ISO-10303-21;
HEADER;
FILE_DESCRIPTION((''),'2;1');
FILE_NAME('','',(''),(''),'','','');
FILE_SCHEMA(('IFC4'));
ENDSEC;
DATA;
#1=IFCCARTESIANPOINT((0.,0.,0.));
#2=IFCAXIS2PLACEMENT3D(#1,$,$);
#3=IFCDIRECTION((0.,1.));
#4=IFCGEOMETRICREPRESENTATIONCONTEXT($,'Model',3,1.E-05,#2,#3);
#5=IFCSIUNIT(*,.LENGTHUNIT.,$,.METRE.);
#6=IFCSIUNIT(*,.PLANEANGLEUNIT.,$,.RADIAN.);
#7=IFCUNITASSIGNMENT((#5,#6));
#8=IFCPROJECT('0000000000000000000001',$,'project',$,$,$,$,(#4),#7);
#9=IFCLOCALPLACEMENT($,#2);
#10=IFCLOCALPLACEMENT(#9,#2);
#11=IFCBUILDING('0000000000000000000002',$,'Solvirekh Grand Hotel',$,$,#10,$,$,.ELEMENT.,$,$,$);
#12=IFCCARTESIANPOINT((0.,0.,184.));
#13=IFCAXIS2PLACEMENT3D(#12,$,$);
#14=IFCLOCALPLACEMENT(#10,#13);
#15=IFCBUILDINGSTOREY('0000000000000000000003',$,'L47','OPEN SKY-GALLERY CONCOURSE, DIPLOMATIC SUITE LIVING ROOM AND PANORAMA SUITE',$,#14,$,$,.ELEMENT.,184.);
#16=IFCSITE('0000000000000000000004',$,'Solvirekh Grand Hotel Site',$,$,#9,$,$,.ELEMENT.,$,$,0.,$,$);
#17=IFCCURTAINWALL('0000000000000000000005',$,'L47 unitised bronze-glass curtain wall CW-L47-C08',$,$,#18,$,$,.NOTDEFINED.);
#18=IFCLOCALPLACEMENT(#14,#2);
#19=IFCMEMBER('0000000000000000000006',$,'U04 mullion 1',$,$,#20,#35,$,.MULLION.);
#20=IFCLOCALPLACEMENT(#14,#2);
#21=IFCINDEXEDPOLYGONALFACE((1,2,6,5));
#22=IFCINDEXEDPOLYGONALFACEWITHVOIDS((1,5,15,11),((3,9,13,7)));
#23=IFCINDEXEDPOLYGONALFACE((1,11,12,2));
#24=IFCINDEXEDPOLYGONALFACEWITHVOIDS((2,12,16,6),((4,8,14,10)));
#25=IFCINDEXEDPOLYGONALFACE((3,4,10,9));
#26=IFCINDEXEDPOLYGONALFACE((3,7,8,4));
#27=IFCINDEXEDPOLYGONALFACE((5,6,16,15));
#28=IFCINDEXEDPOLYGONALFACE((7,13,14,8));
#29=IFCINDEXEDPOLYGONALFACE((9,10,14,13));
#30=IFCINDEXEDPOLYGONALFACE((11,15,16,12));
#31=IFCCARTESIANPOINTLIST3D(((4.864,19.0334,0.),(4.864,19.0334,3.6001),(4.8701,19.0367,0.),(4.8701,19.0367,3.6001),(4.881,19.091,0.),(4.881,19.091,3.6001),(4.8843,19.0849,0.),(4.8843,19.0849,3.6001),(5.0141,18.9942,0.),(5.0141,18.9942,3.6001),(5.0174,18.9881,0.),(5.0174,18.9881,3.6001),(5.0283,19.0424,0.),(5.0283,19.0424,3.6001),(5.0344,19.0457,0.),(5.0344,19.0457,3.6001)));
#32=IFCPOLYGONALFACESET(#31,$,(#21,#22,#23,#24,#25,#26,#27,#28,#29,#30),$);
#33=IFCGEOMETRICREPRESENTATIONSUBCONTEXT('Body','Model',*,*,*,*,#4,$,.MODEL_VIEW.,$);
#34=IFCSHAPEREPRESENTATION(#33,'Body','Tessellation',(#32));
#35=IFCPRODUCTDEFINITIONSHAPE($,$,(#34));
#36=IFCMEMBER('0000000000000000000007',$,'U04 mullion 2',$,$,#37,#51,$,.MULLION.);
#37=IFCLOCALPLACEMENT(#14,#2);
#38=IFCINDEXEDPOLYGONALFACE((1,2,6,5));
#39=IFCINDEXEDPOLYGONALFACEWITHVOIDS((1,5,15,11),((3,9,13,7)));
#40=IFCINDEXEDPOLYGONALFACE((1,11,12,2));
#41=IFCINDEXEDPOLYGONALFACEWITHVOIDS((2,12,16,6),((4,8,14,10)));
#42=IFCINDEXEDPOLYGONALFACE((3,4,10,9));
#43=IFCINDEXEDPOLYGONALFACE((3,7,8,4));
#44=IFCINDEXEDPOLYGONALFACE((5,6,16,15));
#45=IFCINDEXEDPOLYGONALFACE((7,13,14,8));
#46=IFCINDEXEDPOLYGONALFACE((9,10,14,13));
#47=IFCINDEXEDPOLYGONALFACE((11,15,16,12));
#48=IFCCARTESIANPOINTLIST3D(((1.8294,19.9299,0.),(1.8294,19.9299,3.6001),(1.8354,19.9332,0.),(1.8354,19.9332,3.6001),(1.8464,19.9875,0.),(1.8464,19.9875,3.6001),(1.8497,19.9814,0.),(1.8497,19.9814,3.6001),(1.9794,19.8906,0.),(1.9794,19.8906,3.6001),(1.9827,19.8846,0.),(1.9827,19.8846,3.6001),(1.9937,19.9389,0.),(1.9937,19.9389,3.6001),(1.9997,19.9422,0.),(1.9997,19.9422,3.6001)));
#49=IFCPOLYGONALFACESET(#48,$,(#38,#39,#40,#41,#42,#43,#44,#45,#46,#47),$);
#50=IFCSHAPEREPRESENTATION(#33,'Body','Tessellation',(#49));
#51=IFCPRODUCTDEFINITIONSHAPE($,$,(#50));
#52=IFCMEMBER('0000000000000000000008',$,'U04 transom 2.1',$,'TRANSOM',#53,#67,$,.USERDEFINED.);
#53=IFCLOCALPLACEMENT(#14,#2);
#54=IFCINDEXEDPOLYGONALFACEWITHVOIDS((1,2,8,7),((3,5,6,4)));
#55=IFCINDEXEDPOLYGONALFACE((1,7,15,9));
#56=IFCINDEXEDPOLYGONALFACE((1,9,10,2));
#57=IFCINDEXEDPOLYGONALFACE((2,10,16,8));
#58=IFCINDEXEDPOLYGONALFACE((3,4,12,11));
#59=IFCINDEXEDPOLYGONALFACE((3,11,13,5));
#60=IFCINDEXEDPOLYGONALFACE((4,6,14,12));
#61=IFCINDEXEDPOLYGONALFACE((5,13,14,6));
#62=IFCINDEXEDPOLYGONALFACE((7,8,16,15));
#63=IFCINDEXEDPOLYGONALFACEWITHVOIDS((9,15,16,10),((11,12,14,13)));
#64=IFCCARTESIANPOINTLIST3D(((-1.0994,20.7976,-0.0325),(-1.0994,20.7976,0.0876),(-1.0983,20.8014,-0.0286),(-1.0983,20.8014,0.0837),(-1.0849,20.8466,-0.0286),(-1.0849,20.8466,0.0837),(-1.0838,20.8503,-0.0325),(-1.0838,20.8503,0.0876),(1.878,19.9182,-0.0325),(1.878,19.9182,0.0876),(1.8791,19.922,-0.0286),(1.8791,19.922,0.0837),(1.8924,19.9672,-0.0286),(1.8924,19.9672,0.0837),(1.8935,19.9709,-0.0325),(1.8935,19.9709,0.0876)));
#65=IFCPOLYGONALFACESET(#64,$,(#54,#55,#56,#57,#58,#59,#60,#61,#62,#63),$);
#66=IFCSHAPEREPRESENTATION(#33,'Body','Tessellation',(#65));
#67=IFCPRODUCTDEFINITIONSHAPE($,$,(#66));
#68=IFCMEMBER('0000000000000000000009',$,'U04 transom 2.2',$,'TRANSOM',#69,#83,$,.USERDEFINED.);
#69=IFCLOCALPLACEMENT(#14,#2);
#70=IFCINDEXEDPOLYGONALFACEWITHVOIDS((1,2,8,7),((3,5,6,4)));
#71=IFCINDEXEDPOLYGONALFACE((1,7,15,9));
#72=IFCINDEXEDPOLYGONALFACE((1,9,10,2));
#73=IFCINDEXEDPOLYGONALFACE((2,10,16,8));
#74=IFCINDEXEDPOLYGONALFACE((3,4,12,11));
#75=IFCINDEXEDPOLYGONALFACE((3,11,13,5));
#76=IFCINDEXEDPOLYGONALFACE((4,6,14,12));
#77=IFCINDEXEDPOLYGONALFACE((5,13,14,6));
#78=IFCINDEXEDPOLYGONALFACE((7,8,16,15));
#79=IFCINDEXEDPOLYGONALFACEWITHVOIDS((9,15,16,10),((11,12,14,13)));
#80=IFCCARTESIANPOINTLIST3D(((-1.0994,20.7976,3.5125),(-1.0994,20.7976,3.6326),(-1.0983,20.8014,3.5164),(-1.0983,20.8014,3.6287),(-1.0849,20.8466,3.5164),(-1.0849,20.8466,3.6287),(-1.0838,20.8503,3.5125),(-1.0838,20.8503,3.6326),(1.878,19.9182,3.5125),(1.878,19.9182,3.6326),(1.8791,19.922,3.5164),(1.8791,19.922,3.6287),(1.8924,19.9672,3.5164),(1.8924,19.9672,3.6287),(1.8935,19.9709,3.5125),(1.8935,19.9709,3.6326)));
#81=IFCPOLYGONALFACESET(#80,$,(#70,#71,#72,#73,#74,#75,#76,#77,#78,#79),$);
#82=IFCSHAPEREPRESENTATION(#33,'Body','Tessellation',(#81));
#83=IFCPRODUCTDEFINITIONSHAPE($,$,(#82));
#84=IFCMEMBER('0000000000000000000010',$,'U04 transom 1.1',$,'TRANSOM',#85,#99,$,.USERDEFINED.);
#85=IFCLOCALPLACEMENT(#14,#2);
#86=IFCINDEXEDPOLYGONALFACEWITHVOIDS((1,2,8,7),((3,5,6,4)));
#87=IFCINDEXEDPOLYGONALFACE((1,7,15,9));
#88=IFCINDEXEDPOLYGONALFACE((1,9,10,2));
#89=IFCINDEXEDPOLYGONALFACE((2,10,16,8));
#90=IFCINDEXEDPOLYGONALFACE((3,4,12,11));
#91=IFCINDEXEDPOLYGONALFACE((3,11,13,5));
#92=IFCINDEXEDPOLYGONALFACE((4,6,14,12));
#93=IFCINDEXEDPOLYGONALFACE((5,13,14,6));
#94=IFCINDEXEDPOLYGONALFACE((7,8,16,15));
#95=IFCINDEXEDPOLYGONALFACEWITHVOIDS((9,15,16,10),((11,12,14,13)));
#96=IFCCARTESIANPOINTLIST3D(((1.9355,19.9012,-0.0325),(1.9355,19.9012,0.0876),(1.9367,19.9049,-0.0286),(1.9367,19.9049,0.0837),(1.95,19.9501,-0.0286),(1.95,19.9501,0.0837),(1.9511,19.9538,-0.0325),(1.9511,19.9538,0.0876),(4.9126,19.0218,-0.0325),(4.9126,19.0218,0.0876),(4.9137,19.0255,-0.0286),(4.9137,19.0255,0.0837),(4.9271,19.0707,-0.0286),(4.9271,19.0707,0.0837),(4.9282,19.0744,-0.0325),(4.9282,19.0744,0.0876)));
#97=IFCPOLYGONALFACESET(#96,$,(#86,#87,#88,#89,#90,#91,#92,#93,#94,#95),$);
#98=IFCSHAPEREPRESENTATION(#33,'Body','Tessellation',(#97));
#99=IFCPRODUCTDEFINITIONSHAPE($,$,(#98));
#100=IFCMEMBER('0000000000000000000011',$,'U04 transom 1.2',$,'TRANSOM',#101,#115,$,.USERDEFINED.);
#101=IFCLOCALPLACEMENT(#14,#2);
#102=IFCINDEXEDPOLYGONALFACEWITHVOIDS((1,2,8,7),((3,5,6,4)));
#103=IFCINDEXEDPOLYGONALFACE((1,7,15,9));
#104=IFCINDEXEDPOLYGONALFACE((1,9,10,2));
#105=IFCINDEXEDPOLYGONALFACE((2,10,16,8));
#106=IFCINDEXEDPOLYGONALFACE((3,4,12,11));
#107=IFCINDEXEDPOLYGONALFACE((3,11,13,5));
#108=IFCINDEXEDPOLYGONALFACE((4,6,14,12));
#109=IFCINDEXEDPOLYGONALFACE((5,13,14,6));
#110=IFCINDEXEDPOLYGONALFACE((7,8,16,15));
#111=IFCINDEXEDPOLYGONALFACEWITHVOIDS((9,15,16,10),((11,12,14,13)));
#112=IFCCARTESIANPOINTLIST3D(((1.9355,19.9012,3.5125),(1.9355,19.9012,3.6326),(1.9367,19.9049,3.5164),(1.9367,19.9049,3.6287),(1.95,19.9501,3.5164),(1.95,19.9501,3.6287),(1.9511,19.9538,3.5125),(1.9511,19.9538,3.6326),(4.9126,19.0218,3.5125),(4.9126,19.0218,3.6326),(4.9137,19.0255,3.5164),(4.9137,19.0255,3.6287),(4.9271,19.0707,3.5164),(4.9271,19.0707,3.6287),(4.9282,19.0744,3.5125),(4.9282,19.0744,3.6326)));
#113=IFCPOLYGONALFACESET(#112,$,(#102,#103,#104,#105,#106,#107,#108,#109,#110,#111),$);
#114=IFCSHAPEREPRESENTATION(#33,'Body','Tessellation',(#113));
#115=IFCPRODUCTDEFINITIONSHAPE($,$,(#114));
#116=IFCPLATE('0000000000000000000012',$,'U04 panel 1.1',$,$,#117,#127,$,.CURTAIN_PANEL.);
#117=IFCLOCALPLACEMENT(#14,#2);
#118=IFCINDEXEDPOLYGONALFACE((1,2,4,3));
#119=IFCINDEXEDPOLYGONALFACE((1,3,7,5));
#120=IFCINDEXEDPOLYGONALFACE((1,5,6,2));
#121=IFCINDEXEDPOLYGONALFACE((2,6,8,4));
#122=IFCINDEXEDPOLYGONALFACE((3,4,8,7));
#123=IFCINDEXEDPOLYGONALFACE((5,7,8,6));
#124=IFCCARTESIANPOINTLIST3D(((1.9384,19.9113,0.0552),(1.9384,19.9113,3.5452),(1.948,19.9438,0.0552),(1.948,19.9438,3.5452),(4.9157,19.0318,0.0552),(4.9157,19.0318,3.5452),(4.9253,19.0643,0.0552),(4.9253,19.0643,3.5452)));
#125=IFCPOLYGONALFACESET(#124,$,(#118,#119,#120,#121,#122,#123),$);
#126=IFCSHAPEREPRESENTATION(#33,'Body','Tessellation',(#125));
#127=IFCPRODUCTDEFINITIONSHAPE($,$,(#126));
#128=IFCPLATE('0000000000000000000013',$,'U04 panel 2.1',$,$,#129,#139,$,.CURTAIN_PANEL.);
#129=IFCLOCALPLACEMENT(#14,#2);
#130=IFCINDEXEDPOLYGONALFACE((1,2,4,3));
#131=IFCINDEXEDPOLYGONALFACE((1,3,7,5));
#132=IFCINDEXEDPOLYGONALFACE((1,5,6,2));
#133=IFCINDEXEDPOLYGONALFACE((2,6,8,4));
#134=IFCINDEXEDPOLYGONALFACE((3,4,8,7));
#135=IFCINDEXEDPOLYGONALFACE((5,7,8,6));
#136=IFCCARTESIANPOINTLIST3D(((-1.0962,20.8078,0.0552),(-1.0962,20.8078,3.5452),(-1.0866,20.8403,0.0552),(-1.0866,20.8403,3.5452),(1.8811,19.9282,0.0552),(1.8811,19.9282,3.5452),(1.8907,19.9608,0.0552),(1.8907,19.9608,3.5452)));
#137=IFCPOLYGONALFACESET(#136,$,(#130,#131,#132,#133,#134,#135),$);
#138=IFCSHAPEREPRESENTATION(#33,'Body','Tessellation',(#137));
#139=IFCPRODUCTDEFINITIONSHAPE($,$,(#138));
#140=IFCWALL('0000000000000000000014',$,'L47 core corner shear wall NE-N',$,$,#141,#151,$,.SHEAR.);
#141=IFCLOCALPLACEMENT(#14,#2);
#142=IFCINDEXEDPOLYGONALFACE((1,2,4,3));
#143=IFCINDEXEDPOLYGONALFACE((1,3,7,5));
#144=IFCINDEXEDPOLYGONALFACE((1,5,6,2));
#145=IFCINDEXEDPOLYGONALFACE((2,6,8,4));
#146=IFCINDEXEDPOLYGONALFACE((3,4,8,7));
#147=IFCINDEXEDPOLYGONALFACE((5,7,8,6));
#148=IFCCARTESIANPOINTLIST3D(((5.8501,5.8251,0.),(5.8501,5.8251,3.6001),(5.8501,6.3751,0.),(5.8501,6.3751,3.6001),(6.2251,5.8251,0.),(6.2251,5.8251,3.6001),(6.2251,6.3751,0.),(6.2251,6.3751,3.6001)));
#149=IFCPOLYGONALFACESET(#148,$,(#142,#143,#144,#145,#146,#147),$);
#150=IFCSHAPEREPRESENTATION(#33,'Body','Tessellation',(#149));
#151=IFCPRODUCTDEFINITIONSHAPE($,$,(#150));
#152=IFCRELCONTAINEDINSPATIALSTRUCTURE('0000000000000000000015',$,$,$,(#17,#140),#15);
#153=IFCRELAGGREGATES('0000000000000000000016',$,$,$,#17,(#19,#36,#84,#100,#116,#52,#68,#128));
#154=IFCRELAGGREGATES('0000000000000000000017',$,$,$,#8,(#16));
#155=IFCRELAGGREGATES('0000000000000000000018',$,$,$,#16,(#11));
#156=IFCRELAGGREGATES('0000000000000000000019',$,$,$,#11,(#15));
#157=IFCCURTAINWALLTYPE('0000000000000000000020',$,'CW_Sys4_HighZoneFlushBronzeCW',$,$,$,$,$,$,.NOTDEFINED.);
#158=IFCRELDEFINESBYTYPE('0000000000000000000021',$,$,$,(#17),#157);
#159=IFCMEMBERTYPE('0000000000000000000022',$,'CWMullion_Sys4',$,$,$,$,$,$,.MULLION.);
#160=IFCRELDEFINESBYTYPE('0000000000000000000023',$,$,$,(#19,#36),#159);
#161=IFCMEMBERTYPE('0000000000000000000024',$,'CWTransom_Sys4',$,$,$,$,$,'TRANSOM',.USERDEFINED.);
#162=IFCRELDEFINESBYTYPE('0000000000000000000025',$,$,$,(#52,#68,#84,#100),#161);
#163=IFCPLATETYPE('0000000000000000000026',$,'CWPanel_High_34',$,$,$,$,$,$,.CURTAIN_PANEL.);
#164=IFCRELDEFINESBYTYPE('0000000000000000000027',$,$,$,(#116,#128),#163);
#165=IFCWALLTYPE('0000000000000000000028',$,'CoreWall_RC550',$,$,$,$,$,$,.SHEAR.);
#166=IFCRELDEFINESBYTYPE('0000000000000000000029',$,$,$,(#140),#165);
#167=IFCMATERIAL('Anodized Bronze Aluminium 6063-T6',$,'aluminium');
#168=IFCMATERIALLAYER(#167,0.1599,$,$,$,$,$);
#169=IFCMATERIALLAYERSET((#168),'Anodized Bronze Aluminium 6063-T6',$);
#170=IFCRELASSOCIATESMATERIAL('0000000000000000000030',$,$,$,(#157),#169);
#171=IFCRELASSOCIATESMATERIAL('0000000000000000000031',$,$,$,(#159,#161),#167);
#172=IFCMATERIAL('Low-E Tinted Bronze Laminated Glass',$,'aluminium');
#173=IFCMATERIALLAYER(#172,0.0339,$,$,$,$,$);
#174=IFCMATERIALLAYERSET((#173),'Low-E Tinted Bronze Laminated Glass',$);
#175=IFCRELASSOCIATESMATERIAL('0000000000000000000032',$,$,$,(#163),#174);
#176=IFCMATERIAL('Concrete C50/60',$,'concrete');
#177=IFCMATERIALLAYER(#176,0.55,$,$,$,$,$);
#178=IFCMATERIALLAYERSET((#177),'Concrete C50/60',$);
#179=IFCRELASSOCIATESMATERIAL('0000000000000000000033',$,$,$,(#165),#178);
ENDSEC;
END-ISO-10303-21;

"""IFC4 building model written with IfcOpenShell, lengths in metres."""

from ifc_helpers import new_model, si_unit, direction, frame, frame_2d, origin, origin_2d, place, context, subcontext, project, spatial, rectangle, hollow_rectangle, extrude, source, transform, mapped, material, layer, layer_set, material_profile, profile_set, type_object, element, aggregate, save


model = new_model("IFC4")

# Units and contexts
model_context = context("Model", 3, precision=1e-05, world=origin(), true_north=direction((0.0, 1.0)))
body_context = subcontext(model_context, "Body", "Model", "MODEL_VIEW")
ifc_project = project(units=[si_unit("LENGTHUNIT", "METRE"), si_unit("PLANEANGLEUNIT", "RADIAN")], contexts=[model_context])

# Site, building, storey
site_placement = place(None, origin())
site = spatial("IfcSite", under=ifc_project, at=site_placement, Name="Solvirekh Grand Hotel Site", CompositionType="ELEMENT", RefElevation=0.0)
building_placement = place(site_placement, origin())
building = spatial("IfcBuilding", under=site, at=building_placement, Name="Solvirekh Grand Hotel", CompositionType="ELEMENT")
storey_placement = place(building_placement, frame((0.0, 0.0, 184.0)))
storey = spatial("IfcBuildingStorey", under=building, at=storey_placement, Name="L47", Description="OPEN SKY-GALLERY CONCOURSE, DIPLOMATIC SUITE LIVING ROOM AND PANORAMA SUITE", CompositionType="ELEMENT", Elevation=184.0)

# Shared definitions
ifc_material_1 = material(Name="Concrete C50/60", Category="concrete")

# Curtain wall, members, plates
ifc_material_2 = material(Name="Anodized Bronze Aluminium 6063-T6", Category="aluminium")
ifc_layer_1 = layer(ifc_material_2, 0.1599)
ifc_layer_set_1 = layer_set([ifc_layer_1], Name="Anodized Bronze Aluminium 6063-T6")
curtain_wall_type = type_object("IfcCurtainWallType", Name="CW_Sys4_HighZoneFlushBronzeCW", PredefinedType="NOTDEFINED", material=ifc_layer_set_1)
curtain_wall_placement = place(storey_placement, origin())
curtain_wall = element("IfcCurtainWall", 1, at=curtain_wall_placement, inside=storey, type_object=curtain_wall_type, Name="L47 unitised bronze-glass curtain wall CW-L47-C08", PredefinedType="NOTDEFINED")
ifc_material_profile_1 = material_profile(ifc_material_2, hollow_rectangle(XDim=0.0601, YDim=0.1599, WallThickness=0.0049, at=origin_2d()), Name="ALU RHS 160X60X5")
ifc_profile_set_1 = profile_set([ifc_material_profile_1], Name="Anodized Bronze Aluminium 6063-T6")
member_type_1 = type_object("IfcMemberType", Name="CWMullion_Sys4", PredefinedType="MULLION", material=ifc_profile_set_1)
shared_shape_1 = source(origin(), body_context, "Body", "SweptSolid", [
    extrude(hollow_rectangle(XDim=0.0601, YDim=0.1599, WallThickness=0.0049, at=origin_2d()), origin(), (0.0, 0.0, 1.0), 3.6001),
])
member_1_placement = place(storey_placement, frame((4.9492, 19.0396, 0.0), z_axis=(0.0, 0.0, 1.0), x_axis=(-0.28331, -0.959028, 0.0)))
member_1 = element("IfcMember", 2, at=member_1_placement, type_object=member_type_1, Name="U04 mullion 1", PredefinedType="MULLION", context=body_context, shape_type="MappedRepresentation", body=[
    mapped(shared_shape_1, transform((0.0, 0.0, 0.0), x_axis=(1.0, 0.0, 0.0), y_axis=(0.0, 1.0, 0.0), z_axis=(0.0, 0.0, 1.0), scale=1.0)),
])
member_2_placement = place(storey_placement, frame((1.9146, 19.936, 0.0), z_axis=(0.0, 0.0, 1.0), x_axis=(-0.28331, -0.959028, 0.0)))
member_2 = element("IfcMember", 3, at=member_2_placement, type_object=member_type_1, Name="U04 mullion 2", PredefinedType="MULLION", context=body_context, shape_type="MappedRepresentation", body=[
    mapped(shared_shape_1, transform((0.0, 0.0, 0.0), x_axis=(1.0, 0.0, 0.0), y_axis=(0.0, 1.0, 0.0), z_axis=(0.0, 0.0, 1.0), scale=1.0)),
])
ifc_material_profile_2 = material_profile(ifc_material_2, hollow_rectangle(XDim=0.0549, YDim=0.1201, WallThickness=0.0039, at=origin_2d()), Name="ALU RHS 120X55X4")
ifc_profile_set_2 = profile_set([ifc_material_profile_2], Name="Anodized Bronze Aluminium 6063-T6")
member_type_2 = type_object("IfcMemberType", Name="CWTransom_Sys4", ElementType="TRANSOM", PredefinedType="USERDEFINED", material=ifc_profile_set_2)
shared_shape_2 = source(origin(), body_context, "Body", "SweptSolid", [
    extrude(hollow_rectangle(XDim=0.0549, YDim=0.1201, WallThickness=0.0039, at=origin_2d()), origin(), (0.0, 0.0, 1.0), 3.1045),
])
member_3_placement = place(storey_placement, frame((1.8857, 19.9446, 0.0276), z_axis=(-0.959041, 0.283269, 0.0), x_axis=(-0.283269, -0.959041, 0.0)))
member_3 = element("IfcMember", 4, at=member_3_placement, type_object=member_type_2, Name="U04 transom 2.1", ObjectType="TRANSOM", PredefinedType="USERDEFINED", context=body_context, shape_type="MappedRepresentation", body=[
    mapped(shared_shape_2, transform((0.0, 0.0, 0.0), x_axis=(1.0, 0.0, 0.0), y_axis=(0.0, 1.0, 0.0), z_axis=(0.0, 0.0, 1.0), scale=1.0)),
])
member_4_placement = place(storey_placement, frame((1.8857, 19.9446, 3.5725), z_axis=(-0.959041, 0.283269, 0.0), x_axis=(-0.283269, -0.959041, 0.0)))
member_4 = element("IfcMember", 5, at=member_4_placement, type_object=member_type_2, Name="U04 transom 2.2", ObjectType="TRANSOM", PredefinedType="USERDEFINED", context=body_context, shape_type="MappedRepresentation", body=[
    mapped(shared_shape_2, transform((0.0, 0.0, 0.0), x_axis=(1.0, 0.0, 0.0), y_axis=(0.0, 1.0, 0.0), z_axis=(0.0, 0.0, 1.0), scale=1.0)),
])
shared_shape_3 = source(origin(), body_context, "Body", "SweptSolid", [
    extrude(hollow_rectangle(XDim=0.0549, YDim=0.1201, WallThickness=0.0039, at=origin_2d()), origin(), (0.0, 0.0, 1.0), 3.1042),
])
member_5_placement = place(storey_placement, frame((4.9204, 19.0481, 0.0276), z_axis=(-0.959034, 0.28329, 0.0), x_axis=(-0.28329, -0.959034, 0.0)))
member_5 = element("IfcMember", 6, at=member_5_placement, type_object=member_type_2, Name="U04 transom 1.1", ObjectType="TRANSOM", PredefinedType="USERDEFINED", context=body_context, shape_type="MappedRepresentation", body=[
    mapped(shared_shape_3, transform((0.0, 0.0, 0.0), x_axis=(1.0, 0.0, 0.0), y_axis=(0.0, 1.0, 0.0), z_axis=(0.0, 0.0, 1.0), scale=1.0)),
])
member_6_placement = place(storey_placement, frame((4.9204, 19.0481, 3.5725), z_axis=(-0.959034, 0.28329, 0.0), x_axis=(-0.28329, -0.959034, 0.0)))
member_6 = element("IfcMember", 7, at=member_6_placement, type_object=member_type_2, Name="U04 transom 1.2", ObjectType="TRANSOM", PredefinedType="USERDEFINED", context=body_context, shape_type="MappedRepresentation", body=[
    mapped(shared_shape_3, transform((0.0, 0.0, 0.0), x_axis=(1.0, 0.0, 0.0), y_axis=(0.0, 1.0, 0.0), z_axis=(0.0, 0.0, 1.0), scale=1.0)),
])
ifc_material_3 = material(Name="Low-E Tinted Bronze Laminated Glass", Category="aluminium")
ifc_layer_2 = layer(ifc_material_3, 0.0339)
ifc_layer_set_2 = layer_set([ifc_layer_2], Name="Low-E Tinted Bronze Laminated Glass")
plate_type = type_object("IfcPlateType", Name="CWPanel_High_34", PredefinedType="CURTAIN_PANEL", material=ifc_layer_set_2)
shared_shape_4 = source(origin(), body_context, "Body", "SweptSolid", [
    extrude(rectangle(XDim=3.1045, YDim=0.0339, at=origin_2d()), origin(), (0.0, 0.0, 1.0), 3.49),
])
plate_1_placement = place(storey_placement, frame((3.4319, 19.4878, 0.0552), z_axis=(0.0, 0.0, 1.0), x_axis=(-0.959028, 0.28331, 0.0)))
plate_1 = element("IfcPlate", 8, at=plate_1_placement, type_object=plate_type, Name="U04 panel 1.1", PredefinedType="CURTAIN_PANEL", context=body_context, shape_type="MappedRepresentation", body=[
    mapped(shared_shape_4, transform((0.0, 0.0, 0.0), x_axis=(1.0, 0.0, 0.0), y_axis=(0.0, 1.0, 0.0), z_axis=(0.0, 0.0, 1.0), scale=1.0)),
])
plate_2_placement = place(storey_placement, frame((0.3972, 20.3843, 0.0552), z_axis=(0.0, 0.0, 1.0), x_axis=(-0.959028, 0.28331, 0.0)))
plate_2 = element("IfcPlate", 9, at=plate_2_placement, type_object=plate_type, Name="U04 panel 2.1", PredefinedType="CURTAIN_PANEL", context=body_context, shape_type="MappedRepresentation", body=[
    mapped(shared_shape_4, transform((0.0, 0.0, 0.0), x_axis=(1.0, 0.0, 0.0), y_axis=(0.0, 1.0, 0.0), z_axis=(0.0, 0.0, 1.0), scale=1.0)),
])
aggregate(curtain_wall, [member_1, member_2, member_5, member_6, plate_1, member_3, member_4, plate_2])

# Wall
ifc_layer_3 = layer(ifc_material_1, 0.55)
ifc_layer_set_3 = layer_set([ifc_layer_3], Name="Concrete C50/60")
wall_type_1 = type_object("IfcWallType", Name="CoreWall_RC550", PredefinedType="SHEAR", material=ifc_layer_set_3)
wall_1_placement = place(storey_placement, frame((5.8501, 6.1001, 0.0), z_axis=(0.0, 0.0, 1.0), x_axis=(1.0, 0.0, 0.0)))
element("IfcWall", 10, at=wall_1_placement, inside=storey, type_object=wall_type_1, Name="L47 core corner shear wall NE-N", PredefinedType="SHEAR", context=body_context, shape_type="SweptSolid", body=[
    extrude(rectangle(XDim=0.375, YDim=0.55, at=frame_2d((0.1875, 0.0))), origin(), (0.0, 0.0, 1.0), 3.6001),
])

save(model, "model.ifc")
